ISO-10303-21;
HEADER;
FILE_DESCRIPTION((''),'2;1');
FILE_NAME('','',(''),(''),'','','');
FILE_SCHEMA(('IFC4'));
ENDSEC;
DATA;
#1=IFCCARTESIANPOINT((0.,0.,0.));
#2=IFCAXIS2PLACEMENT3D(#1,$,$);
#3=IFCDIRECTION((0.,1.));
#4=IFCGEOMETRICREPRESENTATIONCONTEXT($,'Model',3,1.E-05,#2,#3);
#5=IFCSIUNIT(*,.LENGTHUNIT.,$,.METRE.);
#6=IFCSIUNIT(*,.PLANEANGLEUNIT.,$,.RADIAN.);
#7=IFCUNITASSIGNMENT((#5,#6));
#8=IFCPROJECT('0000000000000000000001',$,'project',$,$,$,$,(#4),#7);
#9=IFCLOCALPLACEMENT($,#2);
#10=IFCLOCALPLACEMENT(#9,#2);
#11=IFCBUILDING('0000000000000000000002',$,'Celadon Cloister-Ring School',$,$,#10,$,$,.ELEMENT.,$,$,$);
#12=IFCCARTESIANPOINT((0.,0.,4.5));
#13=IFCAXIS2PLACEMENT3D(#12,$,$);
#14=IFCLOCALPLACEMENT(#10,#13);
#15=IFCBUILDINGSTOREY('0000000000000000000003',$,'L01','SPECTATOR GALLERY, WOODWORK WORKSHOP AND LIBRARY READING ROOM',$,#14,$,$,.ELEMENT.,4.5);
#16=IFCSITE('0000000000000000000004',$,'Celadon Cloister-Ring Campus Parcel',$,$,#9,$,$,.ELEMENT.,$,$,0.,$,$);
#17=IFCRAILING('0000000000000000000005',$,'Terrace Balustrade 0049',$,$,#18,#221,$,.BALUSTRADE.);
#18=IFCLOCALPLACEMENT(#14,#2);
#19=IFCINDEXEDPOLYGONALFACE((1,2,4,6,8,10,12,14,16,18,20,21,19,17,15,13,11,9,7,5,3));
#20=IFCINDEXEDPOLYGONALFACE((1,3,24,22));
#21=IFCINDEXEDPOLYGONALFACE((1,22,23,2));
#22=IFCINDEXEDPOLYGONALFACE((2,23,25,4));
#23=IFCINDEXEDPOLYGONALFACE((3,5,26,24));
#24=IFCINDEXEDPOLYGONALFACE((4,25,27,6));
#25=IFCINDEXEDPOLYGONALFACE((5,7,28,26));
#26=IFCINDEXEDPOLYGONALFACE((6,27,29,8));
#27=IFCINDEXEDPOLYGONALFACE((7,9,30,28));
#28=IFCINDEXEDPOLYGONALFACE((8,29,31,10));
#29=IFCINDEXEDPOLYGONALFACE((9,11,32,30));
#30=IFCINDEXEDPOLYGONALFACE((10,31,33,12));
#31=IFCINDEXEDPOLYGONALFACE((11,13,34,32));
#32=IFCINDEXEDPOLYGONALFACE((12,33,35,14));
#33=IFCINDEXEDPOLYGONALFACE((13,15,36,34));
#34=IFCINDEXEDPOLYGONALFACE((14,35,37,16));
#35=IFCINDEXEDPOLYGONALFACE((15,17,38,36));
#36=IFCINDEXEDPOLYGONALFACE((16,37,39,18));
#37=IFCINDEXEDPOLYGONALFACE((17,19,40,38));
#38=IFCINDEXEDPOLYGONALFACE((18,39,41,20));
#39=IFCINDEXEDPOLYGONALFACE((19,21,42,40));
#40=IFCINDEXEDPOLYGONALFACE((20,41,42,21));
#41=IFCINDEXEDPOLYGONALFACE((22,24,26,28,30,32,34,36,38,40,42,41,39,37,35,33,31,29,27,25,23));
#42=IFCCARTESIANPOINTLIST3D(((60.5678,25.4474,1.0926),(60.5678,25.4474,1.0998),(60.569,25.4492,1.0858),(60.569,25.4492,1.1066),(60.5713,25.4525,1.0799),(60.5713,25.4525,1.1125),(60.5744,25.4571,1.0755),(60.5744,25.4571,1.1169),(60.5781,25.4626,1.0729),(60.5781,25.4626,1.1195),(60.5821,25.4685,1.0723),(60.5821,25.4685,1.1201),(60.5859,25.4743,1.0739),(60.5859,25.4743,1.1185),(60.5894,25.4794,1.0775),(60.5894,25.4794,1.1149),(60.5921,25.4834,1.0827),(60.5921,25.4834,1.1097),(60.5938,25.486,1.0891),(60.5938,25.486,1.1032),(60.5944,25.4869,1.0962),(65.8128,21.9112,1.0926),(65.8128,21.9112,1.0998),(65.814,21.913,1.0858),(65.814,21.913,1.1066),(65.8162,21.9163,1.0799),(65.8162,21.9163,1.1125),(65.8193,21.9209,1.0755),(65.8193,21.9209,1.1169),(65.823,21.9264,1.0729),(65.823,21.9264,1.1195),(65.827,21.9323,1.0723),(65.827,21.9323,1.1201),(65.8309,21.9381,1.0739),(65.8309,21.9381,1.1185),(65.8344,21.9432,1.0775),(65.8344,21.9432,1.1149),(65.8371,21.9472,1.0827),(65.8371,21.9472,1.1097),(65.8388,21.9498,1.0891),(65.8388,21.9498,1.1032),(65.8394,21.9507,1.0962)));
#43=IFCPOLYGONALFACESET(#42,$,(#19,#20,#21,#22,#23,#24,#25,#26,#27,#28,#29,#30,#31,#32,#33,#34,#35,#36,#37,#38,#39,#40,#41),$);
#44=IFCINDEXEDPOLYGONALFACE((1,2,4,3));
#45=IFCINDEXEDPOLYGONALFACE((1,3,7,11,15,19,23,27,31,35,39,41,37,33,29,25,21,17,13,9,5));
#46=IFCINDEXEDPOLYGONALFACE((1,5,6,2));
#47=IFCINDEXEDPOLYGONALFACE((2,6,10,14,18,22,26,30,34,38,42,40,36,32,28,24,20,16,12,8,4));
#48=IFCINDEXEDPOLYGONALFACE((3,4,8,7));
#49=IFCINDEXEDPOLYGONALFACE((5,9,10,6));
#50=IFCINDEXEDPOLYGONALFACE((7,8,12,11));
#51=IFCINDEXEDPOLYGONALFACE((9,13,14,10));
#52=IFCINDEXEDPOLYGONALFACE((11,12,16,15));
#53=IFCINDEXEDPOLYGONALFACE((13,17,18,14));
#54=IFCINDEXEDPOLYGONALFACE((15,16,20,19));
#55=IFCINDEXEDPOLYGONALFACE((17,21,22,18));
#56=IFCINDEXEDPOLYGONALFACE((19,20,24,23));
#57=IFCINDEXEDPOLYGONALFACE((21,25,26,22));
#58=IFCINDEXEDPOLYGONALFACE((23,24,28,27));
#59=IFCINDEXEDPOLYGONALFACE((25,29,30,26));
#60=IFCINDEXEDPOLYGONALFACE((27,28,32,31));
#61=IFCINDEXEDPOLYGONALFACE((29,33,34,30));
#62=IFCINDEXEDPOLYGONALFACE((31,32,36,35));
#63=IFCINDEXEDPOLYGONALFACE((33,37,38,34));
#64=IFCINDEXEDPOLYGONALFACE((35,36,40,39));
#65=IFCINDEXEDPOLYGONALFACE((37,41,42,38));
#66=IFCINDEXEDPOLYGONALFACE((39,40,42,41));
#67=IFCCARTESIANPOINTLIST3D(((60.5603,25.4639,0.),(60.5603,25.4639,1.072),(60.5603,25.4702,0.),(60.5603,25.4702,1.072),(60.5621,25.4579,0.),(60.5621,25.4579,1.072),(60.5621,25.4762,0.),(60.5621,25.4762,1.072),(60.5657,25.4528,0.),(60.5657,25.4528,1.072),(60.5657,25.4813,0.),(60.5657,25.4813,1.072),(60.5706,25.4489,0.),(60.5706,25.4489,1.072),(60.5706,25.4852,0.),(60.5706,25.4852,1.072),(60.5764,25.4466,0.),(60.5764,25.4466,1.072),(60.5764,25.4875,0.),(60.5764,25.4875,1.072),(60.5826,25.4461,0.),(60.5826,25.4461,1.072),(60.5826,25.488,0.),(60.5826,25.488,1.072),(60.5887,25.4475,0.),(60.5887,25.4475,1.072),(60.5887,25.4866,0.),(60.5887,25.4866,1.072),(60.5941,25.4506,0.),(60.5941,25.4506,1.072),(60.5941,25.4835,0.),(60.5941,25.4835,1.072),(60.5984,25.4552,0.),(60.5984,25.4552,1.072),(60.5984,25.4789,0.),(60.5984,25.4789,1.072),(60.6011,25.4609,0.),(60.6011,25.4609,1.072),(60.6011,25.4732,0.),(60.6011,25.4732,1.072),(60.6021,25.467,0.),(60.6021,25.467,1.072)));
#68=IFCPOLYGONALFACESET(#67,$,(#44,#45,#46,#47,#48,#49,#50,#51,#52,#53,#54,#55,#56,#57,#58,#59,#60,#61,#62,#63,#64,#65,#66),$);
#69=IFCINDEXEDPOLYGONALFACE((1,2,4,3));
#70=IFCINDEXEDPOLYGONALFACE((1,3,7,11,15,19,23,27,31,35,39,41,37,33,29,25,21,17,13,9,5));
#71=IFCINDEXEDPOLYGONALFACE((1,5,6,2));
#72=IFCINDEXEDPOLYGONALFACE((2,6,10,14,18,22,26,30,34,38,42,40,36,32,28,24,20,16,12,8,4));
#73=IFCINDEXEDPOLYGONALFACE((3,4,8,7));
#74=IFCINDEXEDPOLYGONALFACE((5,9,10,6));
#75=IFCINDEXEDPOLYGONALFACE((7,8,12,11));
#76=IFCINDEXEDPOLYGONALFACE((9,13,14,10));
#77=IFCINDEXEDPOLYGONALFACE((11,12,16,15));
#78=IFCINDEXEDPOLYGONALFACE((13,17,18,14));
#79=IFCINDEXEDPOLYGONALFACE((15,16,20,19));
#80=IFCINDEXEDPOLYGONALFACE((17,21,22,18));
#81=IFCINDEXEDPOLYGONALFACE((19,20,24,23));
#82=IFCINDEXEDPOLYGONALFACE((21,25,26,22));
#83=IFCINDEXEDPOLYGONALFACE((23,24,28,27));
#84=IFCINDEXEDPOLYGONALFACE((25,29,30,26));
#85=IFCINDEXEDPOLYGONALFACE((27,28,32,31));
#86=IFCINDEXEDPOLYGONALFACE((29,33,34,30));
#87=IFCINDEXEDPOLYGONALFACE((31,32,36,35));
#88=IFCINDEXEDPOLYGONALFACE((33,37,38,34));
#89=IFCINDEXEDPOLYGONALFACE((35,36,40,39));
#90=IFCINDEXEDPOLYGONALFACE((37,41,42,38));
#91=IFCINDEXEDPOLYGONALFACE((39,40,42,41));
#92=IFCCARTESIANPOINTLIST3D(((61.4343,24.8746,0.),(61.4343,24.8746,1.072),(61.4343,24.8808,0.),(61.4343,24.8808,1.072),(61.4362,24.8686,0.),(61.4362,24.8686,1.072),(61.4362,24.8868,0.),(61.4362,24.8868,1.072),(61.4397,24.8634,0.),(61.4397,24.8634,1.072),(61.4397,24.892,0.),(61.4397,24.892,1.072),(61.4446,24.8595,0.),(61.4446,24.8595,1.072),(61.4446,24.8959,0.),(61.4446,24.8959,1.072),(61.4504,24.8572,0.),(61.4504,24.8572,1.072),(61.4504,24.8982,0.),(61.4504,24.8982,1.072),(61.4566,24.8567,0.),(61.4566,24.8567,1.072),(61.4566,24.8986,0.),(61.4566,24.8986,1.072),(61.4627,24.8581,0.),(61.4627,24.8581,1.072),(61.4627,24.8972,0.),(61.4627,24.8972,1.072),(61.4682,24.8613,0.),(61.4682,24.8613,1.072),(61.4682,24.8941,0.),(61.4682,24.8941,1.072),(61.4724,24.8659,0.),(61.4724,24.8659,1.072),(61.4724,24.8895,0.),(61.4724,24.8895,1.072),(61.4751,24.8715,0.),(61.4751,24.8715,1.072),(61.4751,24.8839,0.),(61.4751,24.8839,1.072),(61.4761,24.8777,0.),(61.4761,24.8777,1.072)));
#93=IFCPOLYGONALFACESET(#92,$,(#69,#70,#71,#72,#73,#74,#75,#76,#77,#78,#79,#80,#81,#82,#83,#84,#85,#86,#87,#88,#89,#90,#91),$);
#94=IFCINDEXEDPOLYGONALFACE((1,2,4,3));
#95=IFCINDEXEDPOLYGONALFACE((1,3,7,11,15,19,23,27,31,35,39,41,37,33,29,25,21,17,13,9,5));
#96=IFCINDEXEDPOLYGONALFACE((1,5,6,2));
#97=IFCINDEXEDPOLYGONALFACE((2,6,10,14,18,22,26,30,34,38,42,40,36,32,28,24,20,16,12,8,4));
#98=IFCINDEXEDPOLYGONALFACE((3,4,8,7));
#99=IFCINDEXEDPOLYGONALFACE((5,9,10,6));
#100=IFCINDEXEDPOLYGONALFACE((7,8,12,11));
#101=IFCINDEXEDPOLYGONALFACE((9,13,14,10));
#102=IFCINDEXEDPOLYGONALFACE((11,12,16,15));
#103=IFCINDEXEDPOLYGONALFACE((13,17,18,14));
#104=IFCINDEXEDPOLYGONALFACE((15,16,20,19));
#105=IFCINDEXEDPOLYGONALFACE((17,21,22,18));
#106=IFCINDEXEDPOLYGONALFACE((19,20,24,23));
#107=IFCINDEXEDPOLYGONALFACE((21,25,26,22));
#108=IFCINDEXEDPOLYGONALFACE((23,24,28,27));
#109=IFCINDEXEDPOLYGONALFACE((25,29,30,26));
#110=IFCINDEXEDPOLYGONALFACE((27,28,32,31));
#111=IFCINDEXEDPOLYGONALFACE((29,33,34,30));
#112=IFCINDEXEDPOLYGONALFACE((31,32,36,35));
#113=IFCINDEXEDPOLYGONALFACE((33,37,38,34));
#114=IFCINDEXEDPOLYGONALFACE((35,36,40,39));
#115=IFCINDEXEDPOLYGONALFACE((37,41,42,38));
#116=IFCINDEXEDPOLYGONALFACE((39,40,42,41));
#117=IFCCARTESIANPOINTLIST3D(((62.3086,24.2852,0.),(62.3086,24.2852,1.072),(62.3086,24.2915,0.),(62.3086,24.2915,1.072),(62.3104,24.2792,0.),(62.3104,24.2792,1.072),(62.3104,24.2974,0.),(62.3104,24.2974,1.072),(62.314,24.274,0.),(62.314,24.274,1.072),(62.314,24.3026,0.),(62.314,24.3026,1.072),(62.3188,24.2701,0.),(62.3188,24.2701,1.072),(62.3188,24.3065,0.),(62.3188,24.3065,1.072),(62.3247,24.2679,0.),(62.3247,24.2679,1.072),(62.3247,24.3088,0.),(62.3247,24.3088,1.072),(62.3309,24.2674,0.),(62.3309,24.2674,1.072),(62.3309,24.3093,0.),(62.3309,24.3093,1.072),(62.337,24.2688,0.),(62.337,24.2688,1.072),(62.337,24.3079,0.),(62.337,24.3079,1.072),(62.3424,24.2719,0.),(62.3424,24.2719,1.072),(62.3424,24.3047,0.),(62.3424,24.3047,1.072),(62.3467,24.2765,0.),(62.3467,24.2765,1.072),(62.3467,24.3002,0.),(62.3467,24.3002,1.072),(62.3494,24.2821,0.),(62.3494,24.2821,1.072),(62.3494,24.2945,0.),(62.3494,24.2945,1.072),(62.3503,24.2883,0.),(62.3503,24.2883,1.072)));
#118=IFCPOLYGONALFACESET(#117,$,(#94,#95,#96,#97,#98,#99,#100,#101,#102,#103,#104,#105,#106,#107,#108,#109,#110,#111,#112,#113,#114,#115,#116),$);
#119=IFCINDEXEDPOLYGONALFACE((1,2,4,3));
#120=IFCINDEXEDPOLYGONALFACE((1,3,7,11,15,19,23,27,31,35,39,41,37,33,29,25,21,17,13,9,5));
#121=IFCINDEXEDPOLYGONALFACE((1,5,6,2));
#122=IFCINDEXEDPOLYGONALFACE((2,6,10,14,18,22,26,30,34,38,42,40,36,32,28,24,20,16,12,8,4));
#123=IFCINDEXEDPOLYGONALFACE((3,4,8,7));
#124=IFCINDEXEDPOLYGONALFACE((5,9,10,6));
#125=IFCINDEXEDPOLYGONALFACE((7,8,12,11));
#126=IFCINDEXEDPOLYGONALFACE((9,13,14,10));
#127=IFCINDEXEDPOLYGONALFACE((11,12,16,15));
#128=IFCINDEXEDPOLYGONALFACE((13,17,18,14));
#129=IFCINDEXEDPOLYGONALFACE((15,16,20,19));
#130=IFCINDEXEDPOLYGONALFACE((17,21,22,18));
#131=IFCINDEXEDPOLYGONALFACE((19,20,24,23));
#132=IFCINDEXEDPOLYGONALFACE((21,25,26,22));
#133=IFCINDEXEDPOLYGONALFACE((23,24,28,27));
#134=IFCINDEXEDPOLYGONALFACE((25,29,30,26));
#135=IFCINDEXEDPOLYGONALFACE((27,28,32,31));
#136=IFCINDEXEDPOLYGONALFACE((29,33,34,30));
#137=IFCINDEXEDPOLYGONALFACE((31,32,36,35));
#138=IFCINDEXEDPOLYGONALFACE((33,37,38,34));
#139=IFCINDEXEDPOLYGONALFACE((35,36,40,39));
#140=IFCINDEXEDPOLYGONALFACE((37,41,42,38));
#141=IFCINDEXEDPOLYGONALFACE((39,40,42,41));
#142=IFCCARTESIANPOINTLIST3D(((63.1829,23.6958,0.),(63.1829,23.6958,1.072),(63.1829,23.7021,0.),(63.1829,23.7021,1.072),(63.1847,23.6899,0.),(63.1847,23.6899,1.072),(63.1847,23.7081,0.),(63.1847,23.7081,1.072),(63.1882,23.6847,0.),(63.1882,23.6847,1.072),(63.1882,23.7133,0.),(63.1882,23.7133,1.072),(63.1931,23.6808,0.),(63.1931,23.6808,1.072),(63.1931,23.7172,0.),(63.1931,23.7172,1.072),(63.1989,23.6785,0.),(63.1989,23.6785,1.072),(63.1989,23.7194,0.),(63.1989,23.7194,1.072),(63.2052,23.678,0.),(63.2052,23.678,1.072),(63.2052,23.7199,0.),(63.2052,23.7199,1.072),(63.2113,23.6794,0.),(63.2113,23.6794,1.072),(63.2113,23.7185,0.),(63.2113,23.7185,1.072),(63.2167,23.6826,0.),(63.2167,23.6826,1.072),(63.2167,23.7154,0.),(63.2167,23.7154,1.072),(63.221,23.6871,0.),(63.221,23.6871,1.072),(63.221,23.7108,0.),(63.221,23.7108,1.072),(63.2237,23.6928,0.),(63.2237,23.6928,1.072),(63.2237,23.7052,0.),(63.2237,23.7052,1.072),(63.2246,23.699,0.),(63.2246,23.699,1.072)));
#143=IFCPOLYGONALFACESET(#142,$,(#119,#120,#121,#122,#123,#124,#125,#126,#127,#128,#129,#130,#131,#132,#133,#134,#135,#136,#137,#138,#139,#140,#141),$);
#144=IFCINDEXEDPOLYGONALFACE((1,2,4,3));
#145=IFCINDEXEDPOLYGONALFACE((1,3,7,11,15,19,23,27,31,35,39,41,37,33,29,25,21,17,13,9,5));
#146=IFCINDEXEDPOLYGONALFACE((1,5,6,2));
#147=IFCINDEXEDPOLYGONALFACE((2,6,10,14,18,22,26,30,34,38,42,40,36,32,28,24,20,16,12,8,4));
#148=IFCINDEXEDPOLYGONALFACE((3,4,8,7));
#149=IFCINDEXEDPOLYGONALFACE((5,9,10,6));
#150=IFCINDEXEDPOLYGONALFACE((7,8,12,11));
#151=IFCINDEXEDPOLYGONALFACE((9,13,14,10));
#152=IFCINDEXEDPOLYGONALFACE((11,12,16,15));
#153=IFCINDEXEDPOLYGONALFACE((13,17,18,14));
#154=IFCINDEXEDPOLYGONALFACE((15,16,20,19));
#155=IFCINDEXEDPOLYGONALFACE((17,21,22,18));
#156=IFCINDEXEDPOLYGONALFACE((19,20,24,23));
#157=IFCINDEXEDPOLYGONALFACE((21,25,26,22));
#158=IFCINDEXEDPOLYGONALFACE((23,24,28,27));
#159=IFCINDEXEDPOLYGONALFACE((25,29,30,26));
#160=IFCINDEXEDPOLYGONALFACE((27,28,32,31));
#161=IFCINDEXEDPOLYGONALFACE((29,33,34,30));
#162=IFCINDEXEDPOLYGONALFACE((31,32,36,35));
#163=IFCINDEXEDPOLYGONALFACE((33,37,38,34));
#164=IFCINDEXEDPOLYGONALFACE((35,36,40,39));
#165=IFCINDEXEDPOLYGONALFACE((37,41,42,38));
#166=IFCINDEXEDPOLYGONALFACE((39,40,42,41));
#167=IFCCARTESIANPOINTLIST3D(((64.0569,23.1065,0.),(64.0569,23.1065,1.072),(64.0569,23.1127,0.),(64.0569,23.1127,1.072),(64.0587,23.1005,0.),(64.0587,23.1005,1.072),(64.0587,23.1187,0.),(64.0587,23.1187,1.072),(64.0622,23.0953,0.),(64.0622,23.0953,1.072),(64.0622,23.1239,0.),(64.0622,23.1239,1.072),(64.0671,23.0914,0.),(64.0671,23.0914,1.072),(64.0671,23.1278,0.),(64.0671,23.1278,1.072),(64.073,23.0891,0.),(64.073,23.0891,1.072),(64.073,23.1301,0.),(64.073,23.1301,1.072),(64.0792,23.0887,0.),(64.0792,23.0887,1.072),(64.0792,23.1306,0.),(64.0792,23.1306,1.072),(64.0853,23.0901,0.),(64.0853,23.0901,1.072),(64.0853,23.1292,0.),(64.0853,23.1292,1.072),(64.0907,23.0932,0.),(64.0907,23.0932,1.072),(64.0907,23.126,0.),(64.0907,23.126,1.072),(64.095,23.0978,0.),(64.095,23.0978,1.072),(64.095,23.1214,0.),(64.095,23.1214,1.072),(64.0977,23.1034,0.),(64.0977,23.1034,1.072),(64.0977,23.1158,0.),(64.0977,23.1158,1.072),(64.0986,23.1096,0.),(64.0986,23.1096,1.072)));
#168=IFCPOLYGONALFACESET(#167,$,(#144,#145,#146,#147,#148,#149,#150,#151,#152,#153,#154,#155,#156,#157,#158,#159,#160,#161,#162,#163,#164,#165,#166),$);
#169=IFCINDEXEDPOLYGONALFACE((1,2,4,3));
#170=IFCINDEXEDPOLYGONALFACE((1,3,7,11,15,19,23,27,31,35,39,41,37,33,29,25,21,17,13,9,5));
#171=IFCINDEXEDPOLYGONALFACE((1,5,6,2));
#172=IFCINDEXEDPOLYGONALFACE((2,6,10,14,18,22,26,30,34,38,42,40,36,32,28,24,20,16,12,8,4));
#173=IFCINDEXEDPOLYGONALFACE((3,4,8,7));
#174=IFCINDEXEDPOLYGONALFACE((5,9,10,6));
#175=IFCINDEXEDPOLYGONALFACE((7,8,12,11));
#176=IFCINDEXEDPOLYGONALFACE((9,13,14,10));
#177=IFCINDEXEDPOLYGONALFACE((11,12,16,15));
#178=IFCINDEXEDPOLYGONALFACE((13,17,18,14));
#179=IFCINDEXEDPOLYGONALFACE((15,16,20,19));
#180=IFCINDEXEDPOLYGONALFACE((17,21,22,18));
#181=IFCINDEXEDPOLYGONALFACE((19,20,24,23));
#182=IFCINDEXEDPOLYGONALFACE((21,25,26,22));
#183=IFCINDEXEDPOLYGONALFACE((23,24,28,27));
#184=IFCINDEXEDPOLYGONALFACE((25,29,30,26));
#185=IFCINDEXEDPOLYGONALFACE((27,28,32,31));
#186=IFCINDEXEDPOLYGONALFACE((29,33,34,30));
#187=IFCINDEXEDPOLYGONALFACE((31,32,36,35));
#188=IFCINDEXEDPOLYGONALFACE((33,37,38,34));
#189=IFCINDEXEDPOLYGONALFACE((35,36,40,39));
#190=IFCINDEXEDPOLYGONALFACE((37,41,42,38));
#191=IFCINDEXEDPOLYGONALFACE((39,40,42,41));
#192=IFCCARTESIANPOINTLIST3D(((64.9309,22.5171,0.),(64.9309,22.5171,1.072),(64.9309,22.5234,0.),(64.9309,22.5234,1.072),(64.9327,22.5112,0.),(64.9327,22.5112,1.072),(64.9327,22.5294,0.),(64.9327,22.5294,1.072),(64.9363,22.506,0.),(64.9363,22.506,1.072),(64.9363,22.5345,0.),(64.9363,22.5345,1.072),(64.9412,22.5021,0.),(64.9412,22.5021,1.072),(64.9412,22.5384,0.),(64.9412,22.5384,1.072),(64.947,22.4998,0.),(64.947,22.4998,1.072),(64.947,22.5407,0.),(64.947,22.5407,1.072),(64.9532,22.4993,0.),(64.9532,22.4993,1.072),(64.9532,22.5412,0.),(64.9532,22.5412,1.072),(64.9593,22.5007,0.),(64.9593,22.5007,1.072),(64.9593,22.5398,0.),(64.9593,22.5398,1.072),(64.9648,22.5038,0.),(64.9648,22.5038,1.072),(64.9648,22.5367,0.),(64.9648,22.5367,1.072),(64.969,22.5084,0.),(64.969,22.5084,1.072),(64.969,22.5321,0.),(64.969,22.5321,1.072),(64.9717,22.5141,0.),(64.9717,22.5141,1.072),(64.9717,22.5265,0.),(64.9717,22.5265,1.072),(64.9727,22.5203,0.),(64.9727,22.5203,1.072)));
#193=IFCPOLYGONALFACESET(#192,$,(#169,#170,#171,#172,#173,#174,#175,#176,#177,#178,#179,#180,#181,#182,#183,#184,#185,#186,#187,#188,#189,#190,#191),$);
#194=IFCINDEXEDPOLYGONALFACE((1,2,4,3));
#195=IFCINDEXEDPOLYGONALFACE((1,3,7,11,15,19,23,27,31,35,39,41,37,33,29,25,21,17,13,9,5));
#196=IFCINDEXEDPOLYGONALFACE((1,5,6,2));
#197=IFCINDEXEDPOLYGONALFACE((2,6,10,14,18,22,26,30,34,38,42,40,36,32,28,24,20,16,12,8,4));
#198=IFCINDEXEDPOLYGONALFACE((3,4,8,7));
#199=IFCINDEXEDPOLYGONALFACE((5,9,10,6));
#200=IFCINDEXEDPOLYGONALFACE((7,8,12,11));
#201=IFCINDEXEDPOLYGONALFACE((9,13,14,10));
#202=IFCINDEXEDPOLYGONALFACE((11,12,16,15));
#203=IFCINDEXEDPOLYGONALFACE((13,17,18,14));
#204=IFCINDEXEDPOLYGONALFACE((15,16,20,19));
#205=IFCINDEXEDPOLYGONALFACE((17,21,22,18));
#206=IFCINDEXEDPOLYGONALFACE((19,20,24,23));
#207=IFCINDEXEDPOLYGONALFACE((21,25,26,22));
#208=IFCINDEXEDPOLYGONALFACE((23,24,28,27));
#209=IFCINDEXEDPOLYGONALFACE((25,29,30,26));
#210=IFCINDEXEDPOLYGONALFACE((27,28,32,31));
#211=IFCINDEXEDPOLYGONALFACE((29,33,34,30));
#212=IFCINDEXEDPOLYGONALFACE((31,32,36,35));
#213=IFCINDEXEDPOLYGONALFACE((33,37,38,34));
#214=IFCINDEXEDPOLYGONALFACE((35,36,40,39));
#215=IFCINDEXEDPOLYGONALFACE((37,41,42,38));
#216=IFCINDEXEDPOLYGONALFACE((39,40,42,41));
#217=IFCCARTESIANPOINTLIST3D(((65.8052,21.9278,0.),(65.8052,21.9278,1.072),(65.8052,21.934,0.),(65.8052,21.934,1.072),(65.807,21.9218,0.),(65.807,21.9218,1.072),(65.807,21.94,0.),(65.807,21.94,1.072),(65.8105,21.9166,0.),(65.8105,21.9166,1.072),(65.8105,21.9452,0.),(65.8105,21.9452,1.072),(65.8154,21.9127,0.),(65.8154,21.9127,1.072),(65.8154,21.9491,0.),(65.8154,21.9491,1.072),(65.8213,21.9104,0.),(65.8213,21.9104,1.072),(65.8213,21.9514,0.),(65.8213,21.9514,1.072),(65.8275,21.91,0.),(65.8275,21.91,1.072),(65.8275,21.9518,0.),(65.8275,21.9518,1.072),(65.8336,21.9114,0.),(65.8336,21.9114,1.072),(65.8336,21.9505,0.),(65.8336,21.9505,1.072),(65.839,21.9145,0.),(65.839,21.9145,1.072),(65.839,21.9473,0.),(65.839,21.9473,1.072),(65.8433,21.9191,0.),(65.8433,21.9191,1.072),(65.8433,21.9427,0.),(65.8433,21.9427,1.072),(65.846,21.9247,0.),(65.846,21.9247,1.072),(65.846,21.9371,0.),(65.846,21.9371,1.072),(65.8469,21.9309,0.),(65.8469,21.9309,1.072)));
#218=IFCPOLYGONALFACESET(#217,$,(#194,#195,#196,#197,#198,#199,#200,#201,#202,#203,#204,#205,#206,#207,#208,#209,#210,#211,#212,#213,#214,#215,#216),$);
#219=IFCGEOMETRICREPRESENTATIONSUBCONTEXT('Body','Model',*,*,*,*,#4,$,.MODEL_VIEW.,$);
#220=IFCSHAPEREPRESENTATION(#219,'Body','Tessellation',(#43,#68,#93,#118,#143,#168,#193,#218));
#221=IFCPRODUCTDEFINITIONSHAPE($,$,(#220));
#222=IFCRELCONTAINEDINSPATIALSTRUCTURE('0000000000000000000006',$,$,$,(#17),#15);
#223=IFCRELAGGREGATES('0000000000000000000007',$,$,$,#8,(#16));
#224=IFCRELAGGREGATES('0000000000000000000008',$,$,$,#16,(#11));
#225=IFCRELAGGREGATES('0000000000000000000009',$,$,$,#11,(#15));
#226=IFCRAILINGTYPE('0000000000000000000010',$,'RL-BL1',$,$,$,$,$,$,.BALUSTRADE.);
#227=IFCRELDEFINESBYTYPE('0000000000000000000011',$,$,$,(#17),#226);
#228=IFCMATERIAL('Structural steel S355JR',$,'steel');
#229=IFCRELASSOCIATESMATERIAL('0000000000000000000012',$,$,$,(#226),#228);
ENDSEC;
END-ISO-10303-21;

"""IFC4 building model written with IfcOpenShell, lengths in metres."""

from ifc_helpers import new_model, si_unit, direction, frame, origin, origin_2d, place, context, subcontext, project, spatial, circle, extrude, material, type_object, element, save


model = new_model("IFC4")

# Units and contexts
model_context = context("Model", 3, precision=1e-05, world=origin(), true_north=direction((0.0, 1.0)))
body_context = subcontext(model_context, "Body", "Model", "MODEL_VIEW")
ifc_project = project(units=[si_unit("LENGTHUNIT", "METRE"), si_unit("PLANEANGLEUNIT", "RADIAN")], contexts=[model_context])

# Site, building, storey
site_placement = place(None, origin())
site = spatial("IfcSite", under=ifc_project, at=site_placement, Name="Celadon Cloister-Ring Campus Parcel", CompositionType="ELEMENT", RefElevation=0.0)
building_placement = place(site_placement, origin())
building = spatial("IfcBuilding", under=site, at=building_placement, Name="Celadon Cloister-Ring School", CompositionType="ELEMENT")
storey_placement = place(building_placement, frame((0.0, 0.0, 4.5)))
storey = spatial("IfcBuildingStorey", under=building, at=storey_placement, Name="L01", Description="SPECTATOR GALLERY, WOODWORK WORKSHOP AND LIBRARY READING ROOM", CompositionType="ELEMENT", Elevation=4.5)

# Railing
ifc_material_1 = material(Name="Structural steel S355JR", Category="steel")
railing_type = type_object("IfcRailingType", Name="RL-BL1", PredefinedType="BALUSTRADE", material=ifc_material_1)
railing_placement = place(storey_placement, frame((60.5811, 25.467, 0.0)))
element("IfcRailing", 1, at=railing_placement, inside=storey, type_object=railing_type, Name="Terrace Balustrade 0049", PredefinedType="BALUSTRADE", context=body_context, shape_type="SweptSolid", body=[
    extrude(circle(Radius=0.0239, at=origin_2d()), frame((0.0, 0.0, 1.0962), z_axis=(0.829153, -0.559021, 0.0), x_axis=(0.559021, 0.829153, 0.0)), (0.0, 0.0, 1.0), 6.3257),
    extrude(circle(Radius=0.021, at=origin_2d()), origin(), (0.0, 0.0, 1.0), 1.072),
    extrude(circle(Radius=0.021, at=origin_2d()), frame((0.874, -0.5894, 0.0)), (0.0, 0.0, 1.0), 1.072),
    extrude(circle(Radius=0.021, at=origin_2d()), frame((1.7483, -1.1787, 0.0)), (0.0, 0.0, 1.0), 1.072),
    extrude(circle(Radius=0.021, at=origin_2d()), frame((2.6226, -1.7681, 0.0)), (0.0, 0.0, 1.0), 1.072),
    extrude(circle(Radius=0.021, at=origin_2d()), frame((3.4966, -2.3574, 0.0)), (0.0, 0.0, 1.0), 1.072),
    extrude(circle(Radius=0.021, at=origin_2d()), frame((4.3706, -2.9468, 0.0)), (0.0, 0.0, 1.0), 1.072),
    extrude(circle(Radius=0.021, at=origin_2d()), frame((5.2449, -3.5361, 0.0)), (0.0, 0.0, 1.0), 1.072),
])

save(model, "model.ifc")
